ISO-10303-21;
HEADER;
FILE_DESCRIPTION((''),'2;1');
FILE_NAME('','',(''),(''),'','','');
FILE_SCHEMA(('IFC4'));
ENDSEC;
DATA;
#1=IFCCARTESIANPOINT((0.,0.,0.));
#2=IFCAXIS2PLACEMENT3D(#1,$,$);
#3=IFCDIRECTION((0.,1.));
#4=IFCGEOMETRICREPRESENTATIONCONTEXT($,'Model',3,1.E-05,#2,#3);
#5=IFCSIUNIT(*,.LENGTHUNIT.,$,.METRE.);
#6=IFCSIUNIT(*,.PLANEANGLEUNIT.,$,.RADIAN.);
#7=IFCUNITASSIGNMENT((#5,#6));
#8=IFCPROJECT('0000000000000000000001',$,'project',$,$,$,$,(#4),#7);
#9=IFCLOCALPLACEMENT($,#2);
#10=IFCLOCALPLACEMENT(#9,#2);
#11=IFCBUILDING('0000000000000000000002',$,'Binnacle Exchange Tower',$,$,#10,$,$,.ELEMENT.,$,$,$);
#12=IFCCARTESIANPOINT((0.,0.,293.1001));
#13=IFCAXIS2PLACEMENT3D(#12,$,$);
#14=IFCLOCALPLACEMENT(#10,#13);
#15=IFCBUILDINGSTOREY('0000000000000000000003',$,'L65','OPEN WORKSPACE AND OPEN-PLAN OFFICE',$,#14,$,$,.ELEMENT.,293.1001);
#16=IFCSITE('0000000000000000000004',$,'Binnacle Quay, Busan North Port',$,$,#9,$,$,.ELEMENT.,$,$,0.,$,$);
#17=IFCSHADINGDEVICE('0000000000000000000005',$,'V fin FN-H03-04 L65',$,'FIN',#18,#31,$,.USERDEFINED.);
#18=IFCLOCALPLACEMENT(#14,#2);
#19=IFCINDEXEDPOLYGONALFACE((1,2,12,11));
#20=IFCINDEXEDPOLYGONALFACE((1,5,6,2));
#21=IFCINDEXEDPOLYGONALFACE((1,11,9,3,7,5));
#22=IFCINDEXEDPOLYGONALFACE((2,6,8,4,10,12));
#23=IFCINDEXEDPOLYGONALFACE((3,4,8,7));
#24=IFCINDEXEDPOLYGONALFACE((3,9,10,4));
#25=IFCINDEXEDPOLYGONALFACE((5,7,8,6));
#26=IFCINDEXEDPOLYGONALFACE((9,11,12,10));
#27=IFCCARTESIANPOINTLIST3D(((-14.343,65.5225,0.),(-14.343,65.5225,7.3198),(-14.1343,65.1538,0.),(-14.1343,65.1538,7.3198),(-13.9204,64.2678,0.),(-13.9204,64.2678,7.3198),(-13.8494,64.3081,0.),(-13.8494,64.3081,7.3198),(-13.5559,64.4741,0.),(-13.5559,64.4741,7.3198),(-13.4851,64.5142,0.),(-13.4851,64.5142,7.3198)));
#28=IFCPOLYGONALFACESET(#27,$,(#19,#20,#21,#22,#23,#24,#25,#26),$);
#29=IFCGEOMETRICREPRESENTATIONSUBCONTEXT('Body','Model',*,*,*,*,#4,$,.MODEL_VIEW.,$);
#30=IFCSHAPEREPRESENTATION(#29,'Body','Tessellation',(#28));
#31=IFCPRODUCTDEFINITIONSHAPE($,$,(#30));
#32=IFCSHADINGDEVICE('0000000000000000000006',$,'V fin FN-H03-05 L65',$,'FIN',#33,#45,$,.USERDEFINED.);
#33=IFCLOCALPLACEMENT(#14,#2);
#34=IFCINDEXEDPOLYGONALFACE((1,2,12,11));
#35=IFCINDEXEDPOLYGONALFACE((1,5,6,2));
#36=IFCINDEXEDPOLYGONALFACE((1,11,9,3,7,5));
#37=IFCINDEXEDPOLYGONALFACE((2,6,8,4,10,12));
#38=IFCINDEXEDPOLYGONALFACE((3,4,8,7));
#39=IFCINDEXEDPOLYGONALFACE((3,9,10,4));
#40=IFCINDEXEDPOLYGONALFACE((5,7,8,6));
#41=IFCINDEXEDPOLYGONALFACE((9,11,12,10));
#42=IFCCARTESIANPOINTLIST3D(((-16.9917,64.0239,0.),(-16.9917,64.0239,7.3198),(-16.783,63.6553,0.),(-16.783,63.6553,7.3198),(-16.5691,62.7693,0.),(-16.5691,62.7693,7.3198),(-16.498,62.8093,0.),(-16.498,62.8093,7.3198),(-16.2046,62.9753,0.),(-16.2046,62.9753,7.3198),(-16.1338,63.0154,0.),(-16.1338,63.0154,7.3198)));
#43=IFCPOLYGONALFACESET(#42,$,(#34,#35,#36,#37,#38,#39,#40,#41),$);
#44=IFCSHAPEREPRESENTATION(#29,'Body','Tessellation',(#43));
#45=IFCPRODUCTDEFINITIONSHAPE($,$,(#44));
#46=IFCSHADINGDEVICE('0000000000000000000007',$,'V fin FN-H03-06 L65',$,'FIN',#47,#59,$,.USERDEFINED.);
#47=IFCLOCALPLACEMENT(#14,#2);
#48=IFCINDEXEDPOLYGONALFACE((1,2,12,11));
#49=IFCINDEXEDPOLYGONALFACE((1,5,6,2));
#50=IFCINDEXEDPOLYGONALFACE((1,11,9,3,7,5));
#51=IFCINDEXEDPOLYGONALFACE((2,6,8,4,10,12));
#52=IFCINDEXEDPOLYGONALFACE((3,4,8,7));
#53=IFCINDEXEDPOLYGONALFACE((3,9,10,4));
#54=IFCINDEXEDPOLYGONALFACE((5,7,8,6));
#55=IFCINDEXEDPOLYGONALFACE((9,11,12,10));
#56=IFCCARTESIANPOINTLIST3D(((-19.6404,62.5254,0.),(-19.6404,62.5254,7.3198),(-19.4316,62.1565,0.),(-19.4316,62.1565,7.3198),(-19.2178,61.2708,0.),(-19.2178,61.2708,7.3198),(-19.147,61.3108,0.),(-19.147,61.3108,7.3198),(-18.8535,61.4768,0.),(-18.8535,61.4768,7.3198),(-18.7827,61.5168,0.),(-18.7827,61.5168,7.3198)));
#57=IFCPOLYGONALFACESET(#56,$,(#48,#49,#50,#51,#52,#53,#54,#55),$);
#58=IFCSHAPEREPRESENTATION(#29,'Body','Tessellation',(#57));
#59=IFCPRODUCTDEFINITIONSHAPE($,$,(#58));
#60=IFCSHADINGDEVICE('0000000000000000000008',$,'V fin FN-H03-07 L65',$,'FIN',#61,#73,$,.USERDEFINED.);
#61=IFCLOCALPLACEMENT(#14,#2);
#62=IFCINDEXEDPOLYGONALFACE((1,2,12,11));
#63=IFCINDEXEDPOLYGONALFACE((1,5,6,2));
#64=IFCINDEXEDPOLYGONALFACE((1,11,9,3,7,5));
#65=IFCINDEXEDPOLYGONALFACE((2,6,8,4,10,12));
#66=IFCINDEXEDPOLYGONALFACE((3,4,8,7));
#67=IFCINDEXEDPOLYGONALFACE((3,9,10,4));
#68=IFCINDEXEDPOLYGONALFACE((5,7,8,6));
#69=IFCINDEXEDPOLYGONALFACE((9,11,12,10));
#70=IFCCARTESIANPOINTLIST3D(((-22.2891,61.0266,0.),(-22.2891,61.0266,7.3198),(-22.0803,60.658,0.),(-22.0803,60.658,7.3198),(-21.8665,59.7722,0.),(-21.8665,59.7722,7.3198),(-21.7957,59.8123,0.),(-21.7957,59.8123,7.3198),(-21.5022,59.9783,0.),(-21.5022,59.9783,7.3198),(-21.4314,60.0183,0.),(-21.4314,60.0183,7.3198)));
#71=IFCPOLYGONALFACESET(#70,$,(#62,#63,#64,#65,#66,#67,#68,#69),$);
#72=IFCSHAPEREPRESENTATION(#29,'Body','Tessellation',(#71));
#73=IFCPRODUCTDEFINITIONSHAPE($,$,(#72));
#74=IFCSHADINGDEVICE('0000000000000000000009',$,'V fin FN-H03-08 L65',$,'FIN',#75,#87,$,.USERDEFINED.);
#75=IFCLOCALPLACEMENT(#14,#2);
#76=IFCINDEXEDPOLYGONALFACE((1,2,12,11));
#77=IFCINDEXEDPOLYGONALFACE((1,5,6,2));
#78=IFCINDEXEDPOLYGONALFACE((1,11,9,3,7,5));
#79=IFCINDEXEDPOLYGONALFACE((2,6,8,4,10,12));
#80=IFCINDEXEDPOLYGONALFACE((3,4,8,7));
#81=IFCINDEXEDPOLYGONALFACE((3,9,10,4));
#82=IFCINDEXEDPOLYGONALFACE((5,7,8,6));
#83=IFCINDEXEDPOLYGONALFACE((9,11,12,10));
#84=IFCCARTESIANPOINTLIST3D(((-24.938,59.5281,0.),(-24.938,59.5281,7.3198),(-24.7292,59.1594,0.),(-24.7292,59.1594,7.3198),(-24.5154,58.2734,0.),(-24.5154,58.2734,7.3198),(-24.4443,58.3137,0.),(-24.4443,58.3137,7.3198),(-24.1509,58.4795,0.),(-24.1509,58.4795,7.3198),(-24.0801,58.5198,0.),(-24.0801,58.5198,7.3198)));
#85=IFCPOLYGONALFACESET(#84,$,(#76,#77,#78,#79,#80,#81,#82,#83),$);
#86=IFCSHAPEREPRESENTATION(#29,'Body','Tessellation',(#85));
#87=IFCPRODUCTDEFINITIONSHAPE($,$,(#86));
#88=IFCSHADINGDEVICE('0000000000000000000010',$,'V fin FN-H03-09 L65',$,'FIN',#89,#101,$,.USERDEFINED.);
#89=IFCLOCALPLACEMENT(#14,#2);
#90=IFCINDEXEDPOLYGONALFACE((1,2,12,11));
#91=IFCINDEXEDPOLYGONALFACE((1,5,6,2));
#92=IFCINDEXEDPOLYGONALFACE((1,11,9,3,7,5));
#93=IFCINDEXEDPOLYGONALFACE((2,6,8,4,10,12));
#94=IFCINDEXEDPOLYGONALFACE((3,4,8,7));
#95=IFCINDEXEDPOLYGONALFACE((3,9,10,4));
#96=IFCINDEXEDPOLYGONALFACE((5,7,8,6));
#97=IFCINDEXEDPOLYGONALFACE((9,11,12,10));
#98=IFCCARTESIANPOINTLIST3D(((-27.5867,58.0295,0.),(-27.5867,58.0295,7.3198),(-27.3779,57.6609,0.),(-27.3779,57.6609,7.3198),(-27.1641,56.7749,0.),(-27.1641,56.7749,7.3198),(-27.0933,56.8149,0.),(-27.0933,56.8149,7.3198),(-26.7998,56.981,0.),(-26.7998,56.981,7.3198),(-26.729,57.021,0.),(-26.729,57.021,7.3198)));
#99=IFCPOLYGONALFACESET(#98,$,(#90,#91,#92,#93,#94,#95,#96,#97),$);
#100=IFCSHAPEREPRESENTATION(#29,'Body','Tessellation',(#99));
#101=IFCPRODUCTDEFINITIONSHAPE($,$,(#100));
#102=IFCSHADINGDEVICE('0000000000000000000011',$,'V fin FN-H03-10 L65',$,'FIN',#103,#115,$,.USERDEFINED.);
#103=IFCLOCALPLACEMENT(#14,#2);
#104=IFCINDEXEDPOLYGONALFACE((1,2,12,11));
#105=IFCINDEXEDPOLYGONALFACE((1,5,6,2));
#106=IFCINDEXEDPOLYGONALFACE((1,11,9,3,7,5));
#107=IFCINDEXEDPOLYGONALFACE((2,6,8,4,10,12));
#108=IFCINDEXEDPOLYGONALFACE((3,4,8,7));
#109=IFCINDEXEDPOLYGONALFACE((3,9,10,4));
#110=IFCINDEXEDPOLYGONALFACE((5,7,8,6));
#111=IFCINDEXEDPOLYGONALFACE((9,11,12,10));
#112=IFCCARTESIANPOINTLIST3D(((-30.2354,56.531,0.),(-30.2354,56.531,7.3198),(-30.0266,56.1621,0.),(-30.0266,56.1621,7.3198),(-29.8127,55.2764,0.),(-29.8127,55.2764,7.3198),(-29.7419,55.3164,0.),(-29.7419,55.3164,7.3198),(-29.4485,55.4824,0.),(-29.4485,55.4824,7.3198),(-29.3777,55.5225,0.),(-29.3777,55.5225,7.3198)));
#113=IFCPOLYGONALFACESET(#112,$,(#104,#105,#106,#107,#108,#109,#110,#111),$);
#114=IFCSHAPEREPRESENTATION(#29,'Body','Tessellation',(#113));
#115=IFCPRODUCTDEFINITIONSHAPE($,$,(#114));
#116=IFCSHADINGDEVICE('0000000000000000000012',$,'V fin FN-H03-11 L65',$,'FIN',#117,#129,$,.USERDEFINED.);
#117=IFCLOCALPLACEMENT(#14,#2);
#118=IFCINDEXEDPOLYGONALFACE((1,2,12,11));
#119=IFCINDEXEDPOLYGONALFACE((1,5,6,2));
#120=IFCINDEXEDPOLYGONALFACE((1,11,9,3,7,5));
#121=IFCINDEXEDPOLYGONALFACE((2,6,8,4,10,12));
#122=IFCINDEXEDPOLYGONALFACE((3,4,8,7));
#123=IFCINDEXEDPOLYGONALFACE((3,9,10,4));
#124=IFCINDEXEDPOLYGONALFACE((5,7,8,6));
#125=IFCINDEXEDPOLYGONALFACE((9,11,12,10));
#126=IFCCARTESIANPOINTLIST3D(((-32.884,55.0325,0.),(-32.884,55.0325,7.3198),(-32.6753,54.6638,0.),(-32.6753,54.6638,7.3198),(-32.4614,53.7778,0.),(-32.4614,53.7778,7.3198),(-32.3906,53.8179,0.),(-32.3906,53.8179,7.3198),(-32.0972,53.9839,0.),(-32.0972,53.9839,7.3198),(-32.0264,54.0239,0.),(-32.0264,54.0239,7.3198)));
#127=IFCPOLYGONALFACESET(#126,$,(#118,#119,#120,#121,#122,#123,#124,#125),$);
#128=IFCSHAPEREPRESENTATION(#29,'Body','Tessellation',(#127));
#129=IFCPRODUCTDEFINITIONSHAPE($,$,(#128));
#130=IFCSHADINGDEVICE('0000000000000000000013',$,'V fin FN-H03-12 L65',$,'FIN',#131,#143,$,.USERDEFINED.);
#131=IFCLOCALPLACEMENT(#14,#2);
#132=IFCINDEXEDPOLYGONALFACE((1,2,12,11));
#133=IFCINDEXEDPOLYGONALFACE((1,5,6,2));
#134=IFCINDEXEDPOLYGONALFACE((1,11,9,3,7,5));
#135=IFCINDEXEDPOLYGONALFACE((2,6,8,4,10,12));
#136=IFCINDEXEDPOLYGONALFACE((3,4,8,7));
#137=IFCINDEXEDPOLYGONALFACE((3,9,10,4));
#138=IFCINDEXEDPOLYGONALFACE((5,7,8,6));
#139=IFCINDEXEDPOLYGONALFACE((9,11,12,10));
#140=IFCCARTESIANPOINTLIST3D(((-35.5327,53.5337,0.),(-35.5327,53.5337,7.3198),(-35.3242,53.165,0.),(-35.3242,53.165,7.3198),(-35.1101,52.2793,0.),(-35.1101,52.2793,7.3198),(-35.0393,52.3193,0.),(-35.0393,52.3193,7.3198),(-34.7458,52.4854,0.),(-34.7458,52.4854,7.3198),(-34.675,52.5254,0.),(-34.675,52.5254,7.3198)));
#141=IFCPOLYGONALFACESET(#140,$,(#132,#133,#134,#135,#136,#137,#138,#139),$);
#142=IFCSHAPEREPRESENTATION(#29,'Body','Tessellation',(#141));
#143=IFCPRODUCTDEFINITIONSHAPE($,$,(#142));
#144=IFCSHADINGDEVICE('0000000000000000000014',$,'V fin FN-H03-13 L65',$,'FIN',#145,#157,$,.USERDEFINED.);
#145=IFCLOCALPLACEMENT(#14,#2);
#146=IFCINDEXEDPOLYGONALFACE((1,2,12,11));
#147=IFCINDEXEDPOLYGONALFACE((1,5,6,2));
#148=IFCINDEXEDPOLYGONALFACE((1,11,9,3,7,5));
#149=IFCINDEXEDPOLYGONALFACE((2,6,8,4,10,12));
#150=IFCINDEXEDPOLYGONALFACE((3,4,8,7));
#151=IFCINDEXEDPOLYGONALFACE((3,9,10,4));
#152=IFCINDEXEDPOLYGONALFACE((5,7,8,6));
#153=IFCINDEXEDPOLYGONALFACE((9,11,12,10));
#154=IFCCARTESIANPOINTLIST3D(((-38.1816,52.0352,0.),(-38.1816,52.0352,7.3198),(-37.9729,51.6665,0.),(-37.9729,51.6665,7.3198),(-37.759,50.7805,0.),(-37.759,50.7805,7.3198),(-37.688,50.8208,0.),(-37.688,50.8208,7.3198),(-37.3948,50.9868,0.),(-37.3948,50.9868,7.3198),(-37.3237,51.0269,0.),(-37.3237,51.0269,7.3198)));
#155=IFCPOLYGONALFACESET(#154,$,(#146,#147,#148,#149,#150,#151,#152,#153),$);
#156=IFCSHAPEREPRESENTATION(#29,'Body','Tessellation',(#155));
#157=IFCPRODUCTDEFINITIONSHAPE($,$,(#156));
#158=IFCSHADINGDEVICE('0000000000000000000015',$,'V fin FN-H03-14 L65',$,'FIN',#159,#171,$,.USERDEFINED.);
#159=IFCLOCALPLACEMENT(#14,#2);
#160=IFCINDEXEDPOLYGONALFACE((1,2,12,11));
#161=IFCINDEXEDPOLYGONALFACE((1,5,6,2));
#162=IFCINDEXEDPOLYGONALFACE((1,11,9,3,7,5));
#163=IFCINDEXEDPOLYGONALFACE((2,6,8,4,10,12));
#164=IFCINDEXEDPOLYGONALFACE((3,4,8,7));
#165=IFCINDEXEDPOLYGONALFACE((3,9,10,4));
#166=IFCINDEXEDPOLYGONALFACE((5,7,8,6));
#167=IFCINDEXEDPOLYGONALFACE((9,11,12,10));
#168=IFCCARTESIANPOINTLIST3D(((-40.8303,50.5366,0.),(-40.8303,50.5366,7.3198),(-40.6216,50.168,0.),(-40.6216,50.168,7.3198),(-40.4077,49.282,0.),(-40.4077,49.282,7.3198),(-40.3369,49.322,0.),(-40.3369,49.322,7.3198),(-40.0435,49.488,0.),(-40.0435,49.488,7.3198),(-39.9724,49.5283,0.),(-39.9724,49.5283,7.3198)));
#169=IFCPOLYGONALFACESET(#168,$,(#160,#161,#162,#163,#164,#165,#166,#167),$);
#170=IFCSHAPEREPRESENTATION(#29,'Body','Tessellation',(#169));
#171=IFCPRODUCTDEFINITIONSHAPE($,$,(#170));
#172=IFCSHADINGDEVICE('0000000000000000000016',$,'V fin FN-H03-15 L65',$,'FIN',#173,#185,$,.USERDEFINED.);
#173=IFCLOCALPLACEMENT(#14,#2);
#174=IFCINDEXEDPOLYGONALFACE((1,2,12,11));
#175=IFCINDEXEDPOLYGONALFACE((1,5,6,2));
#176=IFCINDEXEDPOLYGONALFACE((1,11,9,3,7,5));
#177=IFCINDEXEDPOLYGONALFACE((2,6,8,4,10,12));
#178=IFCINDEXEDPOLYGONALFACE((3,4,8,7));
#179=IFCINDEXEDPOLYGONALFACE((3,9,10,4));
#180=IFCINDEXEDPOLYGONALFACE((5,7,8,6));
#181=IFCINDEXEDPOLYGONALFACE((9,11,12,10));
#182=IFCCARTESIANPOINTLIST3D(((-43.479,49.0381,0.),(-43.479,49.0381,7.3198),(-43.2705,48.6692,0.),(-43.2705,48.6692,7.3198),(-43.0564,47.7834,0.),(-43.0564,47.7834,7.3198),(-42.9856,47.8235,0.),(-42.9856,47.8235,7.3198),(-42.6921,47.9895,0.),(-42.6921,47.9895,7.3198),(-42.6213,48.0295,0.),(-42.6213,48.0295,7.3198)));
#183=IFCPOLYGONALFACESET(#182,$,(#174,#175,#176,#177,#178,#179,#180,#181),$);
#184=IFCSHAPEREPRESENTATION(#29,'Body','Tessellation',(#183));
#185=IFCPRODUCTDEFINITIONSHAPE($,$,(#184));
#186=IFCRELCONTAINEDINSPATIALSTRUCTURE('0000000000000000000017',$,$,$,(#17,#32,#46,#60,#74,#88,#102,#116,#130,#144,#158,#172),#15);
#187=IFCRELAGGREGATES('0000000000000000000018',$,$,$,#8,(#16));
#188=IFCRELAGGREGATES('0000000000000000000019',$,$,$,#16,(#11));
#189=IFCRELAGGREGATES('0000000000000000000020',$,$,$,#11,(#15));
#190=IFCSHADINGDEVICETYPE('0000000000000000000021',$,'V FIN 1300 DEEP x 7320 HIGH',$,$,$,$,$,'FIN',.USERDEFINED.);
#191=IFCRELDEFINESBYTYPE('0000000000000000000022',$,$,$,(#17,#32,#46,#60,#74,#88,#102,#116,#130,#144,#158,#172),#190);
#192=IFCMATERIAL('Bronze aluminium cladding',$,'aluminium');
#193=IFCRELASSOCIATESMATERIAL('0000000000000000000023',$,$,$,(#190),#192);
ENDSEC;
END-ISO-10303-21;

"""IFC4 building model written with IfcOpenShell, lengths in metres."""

from ifc_helpers import new_model, si_unit, direction, frame, origin, place, context, subcontext, project, spatial, polyline, outline, extrude, material, type_object, element, save


model = new_model("IFC4")

# Units and contexts
model_context = context("Model", 3, precision=1e-05, world=origin(), true_north=direction((0.0, 1.0)))
body_context = subcontext(model_context, "Body", "Model", "MODEL_VIEW")
ifc_project = project(units=[si_unit("LENGTHUNIT", "METRE"), si_unit("PLANEANGLEUNIT", "RADIAN")], contexts=[model_context])

# Site, building, storey
site_placement = place(None, origin())
site = spatial("IfcSite", under=ifc_project, at=site_placement, Name="Binnacle Quay, Busan North Port", CompositionType="ELEMENT", RefElevation=0.0)
building_placement = place(site_placement, origin())
building = spatial("IfcBuilding", under=site, at=building_placement, Name="Binnacle Exchange Tower", CompositionType="ELEMENT")
storey_placement = place(building_placement, frame((0.0, 0.0, 293.1001)))
storey = spatial("IfcBuildingStorey", under=building, at=storey_placement, Name="L65", Description="OPEN WORKSPACE AND OPEN-PLAN OFFICE", CompositionType="ELEMENT", Elevation=293.1001)

# Shading devices
ifc_material_1 = material(Name="Bronze aluminium cladding", Category="aluminium")
shading_device_type = type_object("IfcShadingDeviceType", Name="V FIN 1300 DEEP x 7320 HIGH", ElementType="FIN", PredefinedType="USERDEFINED", material=ifc_material_1)
shading_device_1_placement = place(storey_placement, origin())
element("IfcShadingDevice", 1, at=shading_device_1_placement, inside=storey, type_object=shading_device_type, Name="V fin FN-H03-04 L65", ObjectType="FIN", PredefinedType="USERDEFINED", context=body_context, shape_type="SweptSolid", body=[
    extrude(outline(polyline([(-13.4851, 64.5142), (-14.343, 65.5225), (-13.9204, 64.2678), (-13.8494, 64.3081), (-14.1343, 65.1538), (-13.5559, 64.4741), (-13.4851, 64.5142)])), origin(), (0.0, 0.0, 1.0), 7.3198),
])
shading_device_2_placement = place(storey_placement, origin())
element("IfcShadingDevice", 2, at=shading_device_2_placement, inside=storey, type_object=shading_device_type, Name="V fin FN-H03-05 L65", ObjectType="FIN", PredefinedType="USERDEFINED", context=body_context, shape_type="SweptSolid", body=[
    extrude(outline(polyline([(-16.1338, 63.0154), (-16.9917, 64.0239), (-16.5691, 62.7693), (-16.498, 62.8093), (-16.783, 63.6553), (-16.2046, 62.9753), (-16.1338, 63.0154)])), origin(), (0.0, 0.0, 1.0), 7.3198),
])
shading_device_3_placement = place(storey_placement, origin())
element("IfcShadingDevice", 3, at=shading_device_3_placement, inside=storey, type_object=shading_device_type, Name="V fin FN-H03-06 L65", ObjectType="FIN", PredefinedType="USERDEFINED", context=body_context, shape_type="SweptSolid", body=[
    extrude(outline(polyline([(-18.7827, 61.5168), (-19.6404, 62.5254), (-19.2178, 61.2708), (-19.147, 61.3108), (-19.4316, 62.1565), (-18.8535, 61.4768), (-18.7827, 61.5168)])), origin(), (0.0, 0.0, 1.0), 7.3198),
])
shading_device_4_placement = place(storey_placement, origin())
element("IfcShadingDevice", 4, at=shading_device_4_placement, inside=storey, type_object=shading_device_type, Name="V fin FN-H03-07 L65", ObjectType="FIN", PredefinedType="USERDEFINED", context=body_context, shape_type="SweptSolid", body=[
    extrude(outline(polyline([(-21.4314, 60.0183), (-22.2891, 61.0266), (-21.8665, 59.7722), (-21.7957, 59.8123), (-22.0803, 60.658), (-21.5022, 59.9783), (-21.4314, 60.0183)])), origin(), (0.0, 0.0, 1.0), 7.3198),
])
shading_device_5_placement = place(storey_placement, origin())
element("IfcShadingDevice", 5, at=shading_device_5_placement, inside=storey, type_object=shading_device_type, Name="V fin FN-H03-08 L65", ObjectType="FIN", PredefinedType="USERDEFINED", context=body_context, shape_type="SweptSolid", body=[
    extrude(outline(polyline([(-24.0801, 58.5198), (-24.938, 59.5281), (-24.5154, 58.2734), (-24.4443, 58.3137), (-24.7292, 59.1594), (-24.1509, 58.4795), (-24.0801, 58.5198)])), origin(), (0.0, 0.0, 1.0), 7.3198),
])
shading_device_6_placement = place(storey_placement, origin())
element("IfcShadingDevice", 6, at=shading_device_6_placement, inside=storey, type_object=shading_device_type, Name="V fin FN-H03-09 L65", ObjectType="FIN", PredefinedType="USERDEFINED", context=body_context, shape_type="SweptSolid", body=[
    extrude(outline(polyline([(-26.729, 57.021), (-27.5867, 58.0295), (-27.1641, 56.7749), (-27.0933, 56.8149), (-27.3779, 57.6609), (-26.7998, 56.981), (-26.729, 57.021)])), origin(), (0.0, 0.0, 1.0), 7.3198),
])
shading_device_7_placement = place(storey_placement, origin())
element("IfcShadingDevice", 7, at=shading_device_7_placement, inside=storey, type_object=shading_device_type, Name="V fin FN-H03-10 L65", ObjectType="FIN", PredefinedType="USERDEFINED", context=body_context, shape_type="SweptSolid", body=[
    extrude(outline(polyline([(-29.3777, 55.5225), (-30.2354, 56.531), (-29.8127, 55.2764), (-29.7419, 55.3164), (-30.0266, 56.1621), (-29.4485, 55.4824), (-29.3777, 55.5225)])), origin(), (0.0, 0.0, 1.0), 7.3198),
])
shading_device_8_placement = place(storey_placement, origin())
element("IfcShadingDevice", 8, at=shading_device_8_placement, inside=storey, type_object=shading_device_type, Name="V fin FN-H03-11 L65", ObjectType="FIN", PredefinedType="USERDEFINED", context=body_context, shape_type="SweptSolid", body=[
    extrude(outline(polyline([(-32.0264, 54.0239), (-32.884, 55.0325), (-32.4614, 53.7778), (-32.3906, 53.8179), (-32.6753, 54.6638), (-32.0972, 53.9839), (-32.0264, 54.0239)])), origin(), (0.0, 0.0, 1.0), 7.3198),
])
shading_device_9_placement = place(storey_placement, origin())
element("IfcShadingDevice", 9, at=shading_device_9_placement, inside=storey, type_object=shading_device_type, Name="V fin FN-H03-12 L65", ObjectType="FIN", PredefinedType="USERDEFINED", context=body_context, shape_type="SweptSolid", body=[
    extrude(outline(polyline([(-34.675, 52.5254), (-35.5327, 53.5337), (-35.1101, 52.2793), (-35.0393, 52.3193), (-35.3242, 53.165), (-34.7458, 52.4854), (-34.675, 52.5254)])), origin(), (0.0, 0.0, 1.0), 7.3198),
])
shading_device_10_placement = place(storey_placement, origin())
element("IfcShadingDevice", 10, at=shading_device_10_placement, inside=storey, type_object=shading_device_type, Name="V fin FN-H03-13 L65", ObjectType="FIN", PredefinedType="USERDEFINED", context=body_context, shape_type="SweptSolid", body=[
    extrude(outline(polyline([(-37.3237, 51.0269), (-38.1816, 52.0352), (-37.759, 50.7805), (-37.688, 50.8208), (-37.9729, 51.6665), (-37.3948, 50.9868), (-37.3237, 51.0269)])), origin(), (0.0, 0.0, 1.0), 7.3198),
])
shading_device_11_placement = place(storey_placement, origin())
element("IfcShadingDevice", 11, at=shading_device_11_placement, inside=storey, type_object=shading_device_type, Name="V fin FN-H03-14 L65", ObjectType="FIN", PredefinedType="USERDEFINED", context=body_context, shape_type="SweptSolid", body=[
    extrude(outline(polyline([(-39.9724, 49.5283), (-40.8303, 50.5366), (-40.4077, 49.282), (-40.3369, 49.322), (-40.6216, 50.168), (-40.0435, 49.488), (-39.9724, 49.5283)])), origin(), (0.0, 0.0, 1.0), 7.3198),
])
shading_device_12_placement = place(storey_placement, origin())
element("IfcShadingDevice", 12, at=shading_device_12_placement, inside=storey, type_object=shading_device_type, Name="V fin FN-H03-15 L65", ObjectType="FIN", PredefinedType="USERDEFINED", context=body_context, shape_type="SweptSolid", body=[
    extrude(outline(polyline([(-42.6213, 48.0295), (-43.479, 49.0381), (-43.0564, 47.7834), (-42.9856, 47.8235), (-43.2705, 48.6692), (-42.6921, 47.9895), (-42.6213, 48.0295)])), origin(), (0.0, 0.0, 1.0), 7.3198),
])

save(model, "model.ifc")
